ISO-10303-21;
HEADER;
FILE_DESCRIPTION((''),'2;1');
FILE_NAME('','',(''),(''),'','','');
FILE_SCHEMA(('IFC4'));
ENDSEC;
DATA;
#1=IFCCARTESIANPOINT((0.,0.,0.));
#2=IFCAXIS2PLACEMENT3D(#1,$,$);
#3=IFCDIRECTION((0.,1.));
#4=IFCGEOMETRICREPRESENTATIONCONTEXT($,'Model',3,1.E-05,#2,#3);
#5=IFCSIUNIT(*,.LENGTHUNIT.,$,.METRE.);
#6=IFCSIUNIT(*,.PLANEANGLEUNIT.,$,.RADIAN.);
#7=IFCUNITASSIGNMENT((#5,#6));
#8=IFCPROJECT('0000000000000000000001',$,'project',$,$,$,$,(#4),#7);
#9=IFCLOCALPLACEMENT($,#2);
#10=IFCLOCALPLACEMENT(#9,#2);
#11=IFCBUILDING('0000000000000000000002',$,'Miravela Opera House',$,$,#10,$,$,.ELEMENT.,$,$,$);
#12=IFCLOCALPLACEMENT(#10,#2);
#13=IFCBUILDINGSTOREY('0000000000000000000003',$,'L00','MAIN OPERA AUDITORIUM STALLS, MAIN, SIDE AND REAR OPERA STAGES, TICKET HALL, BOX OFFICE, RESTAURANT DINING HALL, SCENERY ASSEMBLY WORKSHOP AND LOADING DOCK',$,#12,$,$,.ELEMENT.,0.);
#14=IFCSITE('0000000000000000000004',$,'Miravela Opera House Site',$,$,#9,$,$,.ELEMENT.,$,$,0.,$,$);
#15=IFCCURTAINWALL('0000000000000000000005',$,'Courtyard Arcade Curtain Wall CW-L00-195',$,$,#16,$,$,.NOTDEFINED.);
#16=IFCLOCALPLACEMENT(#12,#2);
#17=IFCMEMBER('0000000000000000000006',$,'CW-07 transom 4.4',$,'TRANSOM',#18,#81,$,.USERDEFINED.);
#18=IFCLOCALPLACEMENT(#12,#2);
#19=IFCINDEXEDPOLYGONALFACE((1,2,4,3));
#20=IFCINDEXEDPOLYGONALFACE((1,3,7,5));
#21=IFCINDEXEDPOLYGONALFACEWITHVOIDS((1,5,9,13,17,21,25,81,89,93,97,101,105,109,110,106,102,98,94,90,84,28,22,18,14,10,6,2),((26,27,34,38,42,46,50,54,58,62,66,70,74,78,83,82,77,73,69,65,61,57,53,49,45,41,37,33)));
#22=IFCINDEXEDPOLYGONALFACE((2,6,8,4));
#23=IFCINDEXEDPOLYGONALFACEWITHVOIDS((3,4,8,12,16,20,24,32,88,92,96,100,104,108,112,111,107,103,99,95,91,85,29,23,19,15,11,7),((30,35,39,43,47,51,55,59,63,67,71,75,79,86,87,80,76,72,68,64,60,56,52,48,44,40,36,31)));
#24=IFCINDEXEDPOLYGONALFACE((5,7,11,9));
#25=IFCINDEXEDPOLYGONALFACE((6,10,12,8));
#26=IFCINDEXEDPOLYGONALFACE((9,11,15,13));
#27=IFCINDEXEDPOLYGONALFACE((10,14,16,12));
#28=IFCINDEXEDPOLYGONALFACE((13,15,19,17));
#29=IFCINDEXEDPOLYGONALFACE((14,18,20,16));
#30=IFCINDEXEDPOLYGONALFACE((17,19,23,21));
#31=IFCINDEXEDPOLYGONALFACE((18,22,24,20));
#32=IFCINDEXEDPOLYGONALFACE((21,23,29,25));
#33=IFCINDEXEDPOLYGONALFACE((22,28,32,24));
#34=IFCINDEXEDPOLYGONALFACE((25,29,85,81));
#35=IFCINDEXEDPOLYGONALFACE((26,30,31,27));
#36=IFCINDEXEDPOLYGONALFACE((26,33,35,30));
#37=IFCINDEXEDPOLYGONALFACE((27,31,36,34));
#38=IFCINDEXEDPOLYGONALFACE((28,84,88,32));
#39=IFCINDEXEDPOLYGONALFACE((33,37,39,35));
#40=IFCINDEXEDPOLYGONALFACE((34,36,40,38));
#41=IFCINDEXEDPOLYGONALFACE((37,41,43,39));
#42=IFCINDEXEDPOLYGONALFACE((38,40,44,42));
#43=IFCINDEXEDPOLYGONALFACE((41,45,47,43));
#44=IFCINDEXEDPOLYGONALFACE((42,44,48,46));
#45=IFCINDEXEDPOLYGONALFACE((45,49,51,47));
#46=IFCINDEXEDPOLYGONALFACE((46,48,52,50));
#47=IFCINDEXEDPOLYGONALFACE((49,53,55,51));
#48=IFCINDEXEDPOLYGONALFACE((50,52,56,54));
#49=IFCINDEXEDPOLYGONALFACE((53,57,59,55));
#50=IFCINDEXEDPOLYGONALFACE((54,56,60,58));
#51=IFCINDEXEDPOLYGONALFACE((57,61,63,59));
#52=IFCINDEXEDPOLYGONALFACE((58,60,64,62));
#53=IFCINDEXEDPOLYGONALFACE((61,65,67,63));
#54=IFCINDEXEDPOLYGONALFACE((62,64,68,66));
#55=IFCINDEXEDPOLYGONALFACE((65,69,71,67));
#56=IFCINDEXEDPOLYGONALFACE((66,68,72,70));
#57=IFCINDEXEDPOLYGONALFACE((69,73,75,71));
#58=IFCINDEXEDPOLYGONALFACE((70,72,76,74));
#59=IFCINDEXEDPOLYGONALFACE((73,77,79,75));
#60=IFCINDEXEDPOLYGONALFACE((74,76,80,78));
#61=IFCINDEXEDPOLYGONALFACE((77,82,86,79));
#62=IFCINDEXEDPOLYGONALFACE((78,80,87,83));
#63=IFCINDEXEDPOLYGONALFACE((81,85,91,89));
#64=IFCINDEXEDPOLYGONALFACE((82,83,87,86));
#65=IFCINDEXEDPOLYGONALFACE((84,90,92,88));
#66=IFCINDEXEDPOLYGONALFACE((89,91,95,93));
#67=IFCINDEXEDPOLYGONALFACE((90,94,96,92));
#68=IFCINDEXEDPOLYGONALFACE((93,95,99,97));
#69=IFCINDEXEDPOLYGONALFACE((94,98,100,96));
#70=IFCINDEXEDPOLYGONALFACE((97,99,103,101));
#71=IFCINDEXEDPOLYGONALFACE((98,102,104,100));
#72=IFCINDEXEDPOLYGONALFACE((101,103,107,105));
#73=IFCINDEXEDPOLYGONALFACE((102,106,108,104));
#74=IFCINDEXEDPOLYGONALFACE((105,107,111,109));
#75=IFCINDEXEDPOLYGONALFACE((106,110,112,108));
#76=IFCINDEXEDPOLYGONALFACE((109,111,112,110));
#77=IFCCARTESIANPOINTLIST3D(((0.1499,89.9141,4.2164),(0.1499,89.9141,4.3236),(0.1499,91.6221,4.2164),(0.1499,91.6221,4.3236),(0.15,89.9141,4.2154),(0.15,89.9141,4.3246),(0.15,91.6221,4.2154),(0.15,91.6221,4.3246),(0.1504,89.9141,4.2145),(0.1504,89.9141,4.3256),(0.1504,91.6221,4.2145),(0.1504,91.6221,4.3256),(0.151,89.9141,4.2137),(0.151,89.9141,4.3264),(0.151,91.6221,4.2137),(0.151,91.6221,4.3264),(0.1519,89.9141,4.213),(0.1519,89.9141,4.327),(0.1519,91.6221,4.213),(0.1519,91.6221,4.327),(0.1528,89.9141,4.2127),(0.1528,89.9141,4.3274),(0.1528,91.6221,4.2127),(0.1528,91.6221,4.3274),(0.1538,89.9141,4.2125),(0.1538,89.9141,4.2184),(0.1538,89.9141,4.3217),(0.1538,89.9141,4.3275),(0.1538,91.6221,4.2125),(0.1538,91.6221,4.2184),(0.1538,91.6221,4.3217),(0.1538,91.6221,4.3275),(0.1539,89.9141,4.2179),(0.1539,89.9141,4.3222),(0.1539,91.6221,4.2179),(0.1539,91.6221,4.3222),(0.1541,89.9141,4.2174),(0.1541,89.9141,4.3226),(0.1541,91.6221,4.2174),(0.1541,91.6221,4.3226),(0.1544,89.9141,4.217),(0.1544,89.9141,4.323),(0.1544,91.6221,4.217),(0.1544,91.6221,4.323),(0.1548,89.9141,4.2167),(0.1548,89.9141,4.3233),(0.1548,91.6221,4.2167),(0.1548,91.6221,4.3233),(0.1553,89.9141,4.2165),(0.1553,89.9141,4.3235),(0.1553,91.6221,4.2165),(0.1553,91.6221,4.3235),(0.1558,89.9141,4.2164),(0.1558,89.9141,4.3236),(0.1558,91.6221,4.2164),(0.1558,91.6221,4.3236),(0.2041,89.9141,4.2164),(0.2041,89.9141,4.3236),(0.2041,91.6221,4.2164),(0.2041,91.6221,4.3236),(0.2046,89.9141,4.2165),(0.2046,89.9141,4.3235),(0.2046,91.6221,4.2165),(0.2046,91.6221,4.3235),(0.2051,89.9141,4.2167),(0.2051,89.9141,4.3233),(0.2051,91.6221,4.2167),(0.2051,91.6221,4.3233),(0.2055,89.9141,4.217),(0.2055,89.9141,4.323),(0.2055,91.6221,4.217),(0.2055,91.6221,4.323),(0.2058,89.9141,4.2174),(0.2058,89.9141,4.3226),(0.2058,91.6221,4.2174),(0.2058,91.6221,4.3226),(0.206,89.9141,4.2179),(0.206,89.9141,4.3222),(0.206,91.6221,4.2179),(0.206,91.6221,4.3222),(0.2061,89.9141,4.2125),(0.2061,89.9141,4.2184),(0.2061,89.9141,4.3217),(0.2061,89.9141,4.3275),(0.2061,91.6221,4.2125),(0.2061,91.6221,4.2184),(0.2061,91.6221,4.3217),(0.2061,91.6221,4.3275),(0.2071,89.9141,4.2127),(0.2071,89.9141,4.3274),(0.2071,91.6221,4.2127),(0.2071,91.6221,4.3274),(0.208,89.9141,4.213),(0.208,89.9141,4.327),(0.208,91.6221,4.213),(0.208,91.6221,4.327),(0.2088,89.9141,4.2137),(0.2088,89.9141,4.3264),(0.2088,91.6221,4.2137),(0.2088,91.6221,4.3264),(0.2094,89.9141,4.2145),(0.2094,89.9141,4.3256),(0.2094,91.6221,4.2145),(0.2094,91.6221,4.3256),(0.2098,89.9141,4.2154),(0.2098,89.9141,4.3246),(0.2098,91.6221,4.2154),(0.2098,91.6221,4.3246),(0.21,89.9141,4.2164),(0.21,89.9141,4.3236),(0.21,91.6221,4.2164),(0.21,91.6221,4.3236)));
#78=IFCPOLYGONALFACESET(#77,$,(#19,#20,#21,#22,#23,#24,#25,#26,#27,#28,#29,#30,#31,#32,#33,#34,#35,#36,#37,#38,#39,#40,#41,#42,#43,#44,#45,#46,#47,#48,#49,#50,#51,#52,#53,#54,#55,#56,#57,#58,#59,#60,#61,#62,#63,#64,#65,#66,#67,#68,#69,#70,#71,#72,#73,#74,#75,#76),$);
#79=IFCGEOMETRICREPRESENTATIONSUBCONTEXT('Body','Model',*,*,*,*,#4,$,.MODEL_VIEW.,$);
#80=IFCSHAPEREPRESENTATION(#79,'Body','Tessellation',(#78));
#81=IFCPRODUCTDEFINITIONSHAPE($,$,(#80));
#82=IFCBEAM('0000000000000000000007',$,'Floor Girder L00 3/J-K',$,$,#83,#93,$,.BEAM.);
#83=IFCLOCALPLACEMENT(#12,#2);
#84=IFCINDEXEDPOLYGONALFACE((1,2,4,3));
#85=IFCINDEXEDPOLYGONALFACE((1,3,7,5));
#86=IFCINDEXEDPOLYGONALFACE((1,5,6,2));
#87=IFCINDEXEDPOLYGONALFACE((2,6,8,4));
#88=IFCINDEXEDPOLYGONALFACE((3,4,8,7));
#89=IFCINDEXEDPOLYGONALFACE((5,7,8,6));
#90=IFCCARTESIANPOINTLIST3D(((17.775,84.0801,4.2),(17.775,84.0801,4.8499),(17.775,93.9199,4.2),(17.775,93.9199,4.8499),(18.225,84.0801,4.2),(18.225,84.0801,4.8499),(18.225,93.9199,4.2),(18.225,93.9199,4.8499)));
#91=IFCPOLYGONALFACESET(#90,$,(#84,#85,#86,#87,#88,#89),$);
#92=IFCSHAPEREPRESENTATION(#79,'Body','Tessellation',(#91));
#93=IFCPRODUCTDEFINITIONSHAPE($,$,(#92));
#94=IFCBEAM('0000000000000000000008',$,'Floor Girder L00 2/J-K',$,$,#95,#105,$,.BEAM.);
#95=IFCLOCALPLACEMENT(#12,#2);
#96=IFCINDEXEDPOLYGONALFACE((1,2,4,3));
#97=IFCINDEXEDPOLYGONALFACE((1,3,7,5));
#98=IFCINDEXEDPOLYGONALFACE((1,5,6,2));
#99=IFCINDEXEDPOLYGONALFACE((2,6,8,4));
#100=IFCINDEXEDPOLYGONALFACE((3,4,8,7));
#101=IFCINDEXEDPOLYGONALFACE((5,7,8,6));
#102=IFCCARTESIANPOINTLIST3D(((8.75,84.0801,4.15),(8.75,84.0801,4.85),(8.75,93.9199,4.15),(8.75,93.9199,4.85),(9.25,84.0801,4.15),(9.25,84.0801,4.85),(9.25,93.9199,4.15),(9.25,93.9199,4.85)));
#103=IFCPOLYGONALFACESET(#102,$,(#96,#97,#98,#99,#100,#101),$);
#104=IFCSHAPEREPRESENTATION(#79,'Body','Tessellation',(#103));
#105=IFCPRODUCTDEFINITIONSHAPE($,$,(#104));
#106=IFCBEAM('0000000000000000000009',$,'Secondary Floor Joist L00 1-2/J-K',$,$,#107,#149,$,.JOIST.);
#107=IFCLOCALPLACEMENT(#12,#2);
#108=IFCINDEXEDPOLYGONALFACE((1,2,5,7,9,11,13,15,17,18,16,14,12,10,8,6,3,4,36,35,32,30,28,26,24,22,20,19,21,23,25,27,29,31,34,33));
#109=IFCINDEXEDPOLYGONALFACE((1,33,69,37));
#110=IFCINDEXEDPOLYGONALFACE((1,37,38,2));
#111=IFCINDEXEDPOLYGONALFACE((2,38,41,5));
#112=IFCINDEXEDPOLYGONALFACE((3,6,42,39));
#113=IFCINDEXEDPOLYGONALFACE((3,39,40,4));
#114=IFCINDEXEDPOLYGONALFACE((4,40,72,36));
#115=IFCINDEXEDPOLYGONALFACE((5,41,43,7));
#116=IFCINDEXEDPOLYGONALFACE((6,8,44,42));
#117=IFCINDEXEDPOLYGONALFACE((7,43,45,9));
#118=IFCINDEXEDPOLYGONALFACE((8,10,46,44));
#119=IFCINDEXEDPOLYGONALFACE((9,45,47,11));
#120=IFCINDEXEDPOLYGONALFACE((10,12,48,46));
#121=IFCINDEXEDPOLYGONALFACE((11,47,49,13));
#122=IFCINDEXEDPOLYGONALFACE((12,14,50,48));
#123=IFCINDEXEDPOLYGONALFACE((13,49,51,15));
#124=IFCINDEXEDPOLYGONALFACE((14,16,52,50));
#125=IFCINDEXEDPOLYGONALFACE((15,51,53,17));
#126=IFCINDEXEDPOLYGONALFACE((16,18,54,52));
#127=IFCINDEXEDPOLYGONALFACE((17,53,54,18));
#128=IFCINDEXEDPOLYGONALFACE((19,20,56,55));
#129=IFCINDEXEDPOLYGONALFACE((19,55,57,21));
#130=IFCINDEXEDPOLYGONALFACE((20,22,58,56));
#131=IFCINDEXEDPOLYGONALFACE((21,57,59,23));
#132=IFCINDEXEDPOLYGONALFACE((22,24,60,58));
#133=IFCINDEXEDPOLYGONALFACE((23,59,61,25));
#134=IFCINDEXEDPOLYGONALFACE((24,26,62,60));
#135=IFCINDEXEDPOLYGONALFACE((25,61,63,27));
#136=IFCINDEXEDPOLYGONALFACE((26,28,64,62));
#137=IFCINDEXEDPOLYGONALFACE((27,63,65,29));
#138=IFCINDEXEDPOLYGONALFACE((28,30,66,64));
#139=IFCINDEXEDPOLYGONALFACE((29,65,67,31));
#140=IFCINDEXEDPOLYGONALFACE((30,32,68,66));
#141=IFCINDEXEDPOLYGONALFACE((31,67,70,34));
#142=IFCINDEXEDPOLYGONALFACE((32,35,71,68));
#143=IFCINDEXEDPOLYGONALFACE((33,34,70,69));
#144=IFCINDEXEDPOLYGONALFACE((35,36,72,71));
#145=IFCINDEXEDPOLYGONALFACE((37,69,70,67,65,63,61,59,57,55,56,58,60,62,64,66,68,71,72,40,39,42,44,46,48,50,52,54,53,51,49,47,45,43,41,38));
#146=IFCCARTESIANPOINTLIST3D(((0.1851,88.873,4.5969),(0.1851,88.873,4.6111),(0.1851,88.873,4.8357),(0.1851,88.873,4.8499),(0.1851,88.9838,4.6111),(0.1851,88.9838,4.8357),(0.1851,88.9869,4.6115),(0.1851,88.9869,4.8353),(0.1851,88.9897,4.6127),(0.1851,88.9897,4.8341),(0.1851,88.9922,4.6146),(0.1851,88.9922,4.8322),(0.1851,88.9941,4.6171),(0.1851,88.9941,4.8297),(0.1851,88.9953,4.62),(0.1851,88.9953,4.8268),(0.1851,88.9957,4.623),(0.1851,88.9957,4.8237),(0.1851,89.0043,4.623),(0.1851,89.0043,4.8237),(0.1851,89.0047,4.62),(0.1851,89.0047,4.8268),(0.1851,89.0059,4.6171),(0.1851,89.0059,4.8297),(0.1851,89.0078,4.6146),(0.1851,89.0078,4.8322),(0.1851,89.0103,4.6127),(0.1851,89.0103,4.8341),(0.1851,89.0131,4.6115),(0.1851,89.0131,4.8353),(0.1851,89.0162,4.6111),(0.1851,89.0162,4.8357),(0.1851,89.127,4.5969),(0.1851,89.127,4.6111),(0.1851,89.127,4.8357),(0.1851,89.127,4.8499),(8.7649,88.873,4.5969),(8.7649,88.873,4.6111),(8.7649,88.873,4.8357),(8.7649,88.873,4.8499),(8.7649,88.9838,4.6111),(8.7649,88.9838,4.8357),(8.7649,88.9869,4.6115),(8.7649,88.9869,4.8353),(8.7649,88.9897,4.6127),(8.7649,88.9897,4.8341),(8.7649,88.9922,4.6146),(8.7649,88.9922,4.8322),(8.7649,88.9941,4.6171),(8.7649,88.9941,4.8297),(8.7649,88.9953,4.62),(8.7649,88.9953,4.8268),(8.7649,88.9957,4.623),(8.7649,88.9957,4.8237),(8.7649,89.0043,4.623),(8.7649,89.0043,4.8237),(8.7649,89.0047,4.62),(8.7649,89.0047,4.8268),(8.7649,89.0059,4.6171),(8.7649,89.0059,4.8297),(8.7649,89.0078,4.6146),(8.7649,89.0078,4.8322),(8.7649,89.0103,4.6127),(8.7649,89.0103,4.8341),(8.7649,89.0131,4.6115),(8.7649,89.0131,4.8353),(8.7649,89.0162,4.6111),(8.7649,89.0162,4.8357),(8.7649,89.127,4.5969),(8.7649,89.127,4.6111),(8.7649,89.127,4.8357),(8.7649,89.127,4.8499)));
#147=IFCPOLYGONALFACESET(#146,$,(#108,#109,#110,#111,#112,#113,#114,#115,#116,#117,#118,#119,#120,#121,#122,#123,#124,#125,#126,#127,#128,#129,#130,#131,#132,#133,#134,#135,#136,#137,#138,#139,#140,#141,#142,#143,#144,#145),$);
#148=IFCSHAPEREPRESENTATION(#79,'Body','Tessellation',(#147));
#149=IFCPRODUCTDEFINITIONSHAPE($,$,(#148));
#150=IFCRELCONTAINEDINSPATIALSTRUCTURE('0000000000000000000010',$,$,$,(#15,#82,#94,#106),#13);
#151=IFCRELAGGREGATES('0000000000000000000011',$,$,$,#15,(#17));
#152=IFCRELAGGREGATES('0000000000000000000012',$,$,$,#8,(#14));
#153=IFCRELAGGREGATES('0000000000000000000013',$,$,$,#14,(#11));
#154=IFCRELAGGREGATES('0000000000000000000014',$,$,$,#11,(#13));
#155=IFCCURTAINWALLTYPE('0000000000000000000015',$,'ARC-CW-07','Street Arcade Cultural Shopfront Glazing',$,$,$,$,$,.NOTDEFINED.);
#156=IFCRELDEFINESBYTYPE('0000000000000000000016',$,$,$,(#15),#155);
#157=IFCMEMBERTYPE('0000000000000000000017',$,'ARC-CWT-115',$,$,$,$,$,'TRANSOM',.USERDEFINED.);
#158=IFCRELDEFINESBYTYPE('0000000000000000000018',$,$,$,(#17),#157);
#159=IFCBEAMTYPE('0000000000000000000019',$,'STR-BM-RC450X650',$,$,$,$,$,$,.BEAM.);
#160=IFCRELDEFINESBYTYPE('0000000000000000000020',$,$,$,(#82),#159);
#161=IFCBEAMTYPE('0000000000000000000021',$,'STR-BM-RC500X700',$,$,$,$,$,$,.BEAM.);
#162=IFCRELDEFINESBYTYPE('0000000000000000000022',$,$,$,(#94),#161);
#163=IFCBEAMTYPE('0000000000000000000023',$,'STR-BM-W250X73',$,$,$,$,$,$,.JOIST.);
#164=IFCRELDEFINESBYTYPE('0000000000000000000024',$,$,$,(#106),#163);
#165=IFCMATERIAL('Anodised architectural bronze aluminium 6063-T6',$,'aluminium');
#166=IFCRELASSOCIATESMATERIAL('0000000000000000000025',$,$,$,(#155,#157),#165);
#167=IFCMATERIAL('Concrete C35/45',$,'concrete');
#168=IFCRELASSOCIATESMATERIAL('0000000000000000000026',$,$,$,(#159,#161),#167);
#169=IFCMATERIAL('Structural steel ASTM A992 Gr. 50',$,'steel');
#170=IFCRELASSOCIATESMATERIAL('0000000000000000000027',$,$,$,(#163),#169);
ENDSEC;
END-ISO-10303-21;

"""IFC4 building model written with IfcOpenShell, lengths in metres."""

from ifc_helpers import new_model, si_unit, direction, frame, origin, origin_2d, place, context, subcontext, project, spatial, rectangle, hollow_rectangle, i_section, extrude, material, material_profile, profile_set, type_object, element, aggregate, save


model = new_model("IFC4")

# Units and contexts
model_context = context("Model", 3, precision=1e-05, world=origin(), true_north=direction((0.0, 1.0)))
body_context = subcontext(model_context, "Body", "Model", "MODEL_VIEW")
ifc_project = project(units=[si_unit("LENGTHUNIT", "METRE"), si_unit("PLANEANGLEUNIT", "RADIAN")], contexts=[model_context])

# Site, building, storey
site_placement = place(None, origin())
site = spatial("IfcSite", under=ifc_project, at=site_placement, Name="Miravela Opera House Site", CompositionType="ELEMENT", RefElevation=0.0)
building_placement = place(site_placement, origin())
building = spatial("IfcBuilding", under=site, at=building_placement, Name="Miravela Opera House", CompositionType="ELEMENT")
storey_placement = place(building_placement, origin())
storey = spatial("IfcBuildingStorey", under=building, at=storey_placement, Name="L00", Description="MAIN OPERA AUDITORIUM STALLS, MAIN, SIDE AND REAR OPERA STAGES, TICKET HALL, BOX OFFICE, RESTAURANT DINING HALL, SCENERY ASSEMBLY WORKSHOP AND LOADING DOCK", CompositionType="ELEMENT", Elevation=0.0)

# Curtain wall, member
ifc_material_1 = material(Name="Anodised architectural bronze aluminium 6063-T6", Category="aluminium")
curtain_wall_type = type_object("IfcCurtainWallType", Name="ARC-CW-07", Description="Street Arcade Cultural Shopfront Glazing", PredefinedType="NOTDEFINED", material=ifc_material_1)
curtain_wall_placement = place(storey_placement, origin())
curtain_wall = element("IfcCurtainWall", 1, at=curtain_wall_placement, inside=storey, type_object=curtain_wall_type, Name="Courtyard Arcade Curtain Wall CW-L00-195", PredefinedType="NOTDEFINED")
ifc_material_profile_1 = material_profile(ifc_material_1, hollow_rectangle(XDim=0.0601, YDim=0.115, WallThickness=0.0039, InnerFilletRadius=0.002, OuterFilletRadius=0.0039, at=origin_2d()), Name="CWT-60X115")
ifc_profile_set_1 = profile_set([ifc_material_profile_1])
member_type_1 = type_object("IfcMemberType", Name="ARC-CWT-115", ElementType="TRANSOM", PredefinedType="USERDEFINED", material=ifc_profile_set_1)
member_1_placement = place(storey_placement, frame((0.1799, 89.9141, 4.27), z_axis=(0.0, 1.0, 0.0), x_axis=(-1.0, 0.0, 0.0)))
member_1 = element("IfcMember", 2, at=member_1_placement, type_object=member_type_1, Name="CW-07 transom 4.4", ObjectType="TRANSOM", PredefinedType="USERDEFINED", context=body_context, shape_type="SweptSolid", body=[
    extrude(hollow_rectangle(XDim=0.0601, YDim=0.115, WallThickness=0.0039, InnerFilletRadius=0.002, OuterFilletRadius=0.0039, at=origin_2d()), origin(), (0.0, 0.0, 1.0), 1.708),
])

# Beams
ifc_material_2 = material(Name="Concrete C35/45", Category="concrete")
ifc_material_profile_2 = material_profile(ifc_material_2, rectangle(XDim=0.45, YDim=0.6499, at=origin_2d()), Name="RC-BM-450X650")
ifc_profile_set_2 = profile_set([ifc_material_profile_2])
beam_type_1 = type_object("IfcBeamType", Name="STR-BM-RC450X650", PredefinedType="BEAM", material=ifc_profile_set_2)
beam_1_placement = place(storey_placement, frame((18.0, 84.0801, 4.5249), z_axis=(0.0, 1.0, 0.0), x_axis=(-1.0, 0.0, 0.0)))
element("IfcBeam", 3, at=beam_1_placement, inside=storey, type_object=beam_type_1, Name="Floor Girder L00 3/J-K", PredefinedType="BEAM", context=body_context, shape_type="SweptSolid", body=[
    extrude(rectangle(XDim=0.45, YDim=0.6499, at=origin_2d()), origin(), (0.0, 0.0, 1.0), 9.8398),
])
ifc_material_profile_3 = material_profile(ifc_material_2, rectangle(XDim=0.5, YDim=0.7, at=origin_2d()), Name="RC-BM-500X700")
ifc_profile_set_3 = profile_set([ifc_material_profile_3])
beam_type_2 = type_object("IfcBeamType", Name="STR-BM-RC500X700", PredefinedType="BEAM", material=ifc_profile_set_3)
beam_2_placement = place(storey_placement, frame((9.0, 84.0801, 4.5), z_axis=(0.0, 1.0, 0.0), x_axis=(-1.0, 0.0, 0.0)))
element("IfcBeam", 4, at=beam_2_placement, inside=storey, type_object=beam_type_2, Name="Floor Girder L00 2/J-K", PredefinedType="BEAM", context=body_context, shape_type="SweptSolid", body=[
    extrude(rectangle(XDim=0.5, YDim=0.7, at=origin_2d()), origin(), (0.0, 0.0, 1.0), 9.8398),
])
ifc_material_3 = material(Name="Structural steel ASTM A992 Gr. 50", Category="steel")
ifc_material_profile_4 = material_profile(ifc_material_3, i_section(OverallWidth=0.2539, OverallDepth=0.2529, WebThickness=0.0085, FlangeThickness=0.0142, FilletRadius=0.012, at=origin_2d()), Name="W250X73")
ifc_profile_set_4 = profile_set([ifc_material_profile_4])
beam_type_3 = type_object("IfcBeamType", Name="STR-BM-W250X73", PredefinedType="JOIST", material=ifc_profile_set_4)
beam_3_placement = place(storey_placement, frame((0.1851, 89.0, 4.7234), z_axis=(1.0, 0.0, 0.0), x_axis=(0.0, 1.0, 0.0)))
element("IfcBeam", 5, at=beam_3_placement, inside=storey, type_object=beam_type_3, Name="Secondary Floor Joist L00 1-2/J-K", PredefinedType="JOIST", context=body_context, shape_type="SweptSolid", body=[
    extrude(i_section(OverallWidth=0.2539, OverallDepth=0.2529, WebThickness=0.0085, FlangeThickness=0.0142, FilletRadius=0.012, at=origin_2d()), origin(), (0.0, 0.0, 1.0), 8.5798),
])

aggregate(curtain_wall, [member_1])

save(model, "model.ifc")
